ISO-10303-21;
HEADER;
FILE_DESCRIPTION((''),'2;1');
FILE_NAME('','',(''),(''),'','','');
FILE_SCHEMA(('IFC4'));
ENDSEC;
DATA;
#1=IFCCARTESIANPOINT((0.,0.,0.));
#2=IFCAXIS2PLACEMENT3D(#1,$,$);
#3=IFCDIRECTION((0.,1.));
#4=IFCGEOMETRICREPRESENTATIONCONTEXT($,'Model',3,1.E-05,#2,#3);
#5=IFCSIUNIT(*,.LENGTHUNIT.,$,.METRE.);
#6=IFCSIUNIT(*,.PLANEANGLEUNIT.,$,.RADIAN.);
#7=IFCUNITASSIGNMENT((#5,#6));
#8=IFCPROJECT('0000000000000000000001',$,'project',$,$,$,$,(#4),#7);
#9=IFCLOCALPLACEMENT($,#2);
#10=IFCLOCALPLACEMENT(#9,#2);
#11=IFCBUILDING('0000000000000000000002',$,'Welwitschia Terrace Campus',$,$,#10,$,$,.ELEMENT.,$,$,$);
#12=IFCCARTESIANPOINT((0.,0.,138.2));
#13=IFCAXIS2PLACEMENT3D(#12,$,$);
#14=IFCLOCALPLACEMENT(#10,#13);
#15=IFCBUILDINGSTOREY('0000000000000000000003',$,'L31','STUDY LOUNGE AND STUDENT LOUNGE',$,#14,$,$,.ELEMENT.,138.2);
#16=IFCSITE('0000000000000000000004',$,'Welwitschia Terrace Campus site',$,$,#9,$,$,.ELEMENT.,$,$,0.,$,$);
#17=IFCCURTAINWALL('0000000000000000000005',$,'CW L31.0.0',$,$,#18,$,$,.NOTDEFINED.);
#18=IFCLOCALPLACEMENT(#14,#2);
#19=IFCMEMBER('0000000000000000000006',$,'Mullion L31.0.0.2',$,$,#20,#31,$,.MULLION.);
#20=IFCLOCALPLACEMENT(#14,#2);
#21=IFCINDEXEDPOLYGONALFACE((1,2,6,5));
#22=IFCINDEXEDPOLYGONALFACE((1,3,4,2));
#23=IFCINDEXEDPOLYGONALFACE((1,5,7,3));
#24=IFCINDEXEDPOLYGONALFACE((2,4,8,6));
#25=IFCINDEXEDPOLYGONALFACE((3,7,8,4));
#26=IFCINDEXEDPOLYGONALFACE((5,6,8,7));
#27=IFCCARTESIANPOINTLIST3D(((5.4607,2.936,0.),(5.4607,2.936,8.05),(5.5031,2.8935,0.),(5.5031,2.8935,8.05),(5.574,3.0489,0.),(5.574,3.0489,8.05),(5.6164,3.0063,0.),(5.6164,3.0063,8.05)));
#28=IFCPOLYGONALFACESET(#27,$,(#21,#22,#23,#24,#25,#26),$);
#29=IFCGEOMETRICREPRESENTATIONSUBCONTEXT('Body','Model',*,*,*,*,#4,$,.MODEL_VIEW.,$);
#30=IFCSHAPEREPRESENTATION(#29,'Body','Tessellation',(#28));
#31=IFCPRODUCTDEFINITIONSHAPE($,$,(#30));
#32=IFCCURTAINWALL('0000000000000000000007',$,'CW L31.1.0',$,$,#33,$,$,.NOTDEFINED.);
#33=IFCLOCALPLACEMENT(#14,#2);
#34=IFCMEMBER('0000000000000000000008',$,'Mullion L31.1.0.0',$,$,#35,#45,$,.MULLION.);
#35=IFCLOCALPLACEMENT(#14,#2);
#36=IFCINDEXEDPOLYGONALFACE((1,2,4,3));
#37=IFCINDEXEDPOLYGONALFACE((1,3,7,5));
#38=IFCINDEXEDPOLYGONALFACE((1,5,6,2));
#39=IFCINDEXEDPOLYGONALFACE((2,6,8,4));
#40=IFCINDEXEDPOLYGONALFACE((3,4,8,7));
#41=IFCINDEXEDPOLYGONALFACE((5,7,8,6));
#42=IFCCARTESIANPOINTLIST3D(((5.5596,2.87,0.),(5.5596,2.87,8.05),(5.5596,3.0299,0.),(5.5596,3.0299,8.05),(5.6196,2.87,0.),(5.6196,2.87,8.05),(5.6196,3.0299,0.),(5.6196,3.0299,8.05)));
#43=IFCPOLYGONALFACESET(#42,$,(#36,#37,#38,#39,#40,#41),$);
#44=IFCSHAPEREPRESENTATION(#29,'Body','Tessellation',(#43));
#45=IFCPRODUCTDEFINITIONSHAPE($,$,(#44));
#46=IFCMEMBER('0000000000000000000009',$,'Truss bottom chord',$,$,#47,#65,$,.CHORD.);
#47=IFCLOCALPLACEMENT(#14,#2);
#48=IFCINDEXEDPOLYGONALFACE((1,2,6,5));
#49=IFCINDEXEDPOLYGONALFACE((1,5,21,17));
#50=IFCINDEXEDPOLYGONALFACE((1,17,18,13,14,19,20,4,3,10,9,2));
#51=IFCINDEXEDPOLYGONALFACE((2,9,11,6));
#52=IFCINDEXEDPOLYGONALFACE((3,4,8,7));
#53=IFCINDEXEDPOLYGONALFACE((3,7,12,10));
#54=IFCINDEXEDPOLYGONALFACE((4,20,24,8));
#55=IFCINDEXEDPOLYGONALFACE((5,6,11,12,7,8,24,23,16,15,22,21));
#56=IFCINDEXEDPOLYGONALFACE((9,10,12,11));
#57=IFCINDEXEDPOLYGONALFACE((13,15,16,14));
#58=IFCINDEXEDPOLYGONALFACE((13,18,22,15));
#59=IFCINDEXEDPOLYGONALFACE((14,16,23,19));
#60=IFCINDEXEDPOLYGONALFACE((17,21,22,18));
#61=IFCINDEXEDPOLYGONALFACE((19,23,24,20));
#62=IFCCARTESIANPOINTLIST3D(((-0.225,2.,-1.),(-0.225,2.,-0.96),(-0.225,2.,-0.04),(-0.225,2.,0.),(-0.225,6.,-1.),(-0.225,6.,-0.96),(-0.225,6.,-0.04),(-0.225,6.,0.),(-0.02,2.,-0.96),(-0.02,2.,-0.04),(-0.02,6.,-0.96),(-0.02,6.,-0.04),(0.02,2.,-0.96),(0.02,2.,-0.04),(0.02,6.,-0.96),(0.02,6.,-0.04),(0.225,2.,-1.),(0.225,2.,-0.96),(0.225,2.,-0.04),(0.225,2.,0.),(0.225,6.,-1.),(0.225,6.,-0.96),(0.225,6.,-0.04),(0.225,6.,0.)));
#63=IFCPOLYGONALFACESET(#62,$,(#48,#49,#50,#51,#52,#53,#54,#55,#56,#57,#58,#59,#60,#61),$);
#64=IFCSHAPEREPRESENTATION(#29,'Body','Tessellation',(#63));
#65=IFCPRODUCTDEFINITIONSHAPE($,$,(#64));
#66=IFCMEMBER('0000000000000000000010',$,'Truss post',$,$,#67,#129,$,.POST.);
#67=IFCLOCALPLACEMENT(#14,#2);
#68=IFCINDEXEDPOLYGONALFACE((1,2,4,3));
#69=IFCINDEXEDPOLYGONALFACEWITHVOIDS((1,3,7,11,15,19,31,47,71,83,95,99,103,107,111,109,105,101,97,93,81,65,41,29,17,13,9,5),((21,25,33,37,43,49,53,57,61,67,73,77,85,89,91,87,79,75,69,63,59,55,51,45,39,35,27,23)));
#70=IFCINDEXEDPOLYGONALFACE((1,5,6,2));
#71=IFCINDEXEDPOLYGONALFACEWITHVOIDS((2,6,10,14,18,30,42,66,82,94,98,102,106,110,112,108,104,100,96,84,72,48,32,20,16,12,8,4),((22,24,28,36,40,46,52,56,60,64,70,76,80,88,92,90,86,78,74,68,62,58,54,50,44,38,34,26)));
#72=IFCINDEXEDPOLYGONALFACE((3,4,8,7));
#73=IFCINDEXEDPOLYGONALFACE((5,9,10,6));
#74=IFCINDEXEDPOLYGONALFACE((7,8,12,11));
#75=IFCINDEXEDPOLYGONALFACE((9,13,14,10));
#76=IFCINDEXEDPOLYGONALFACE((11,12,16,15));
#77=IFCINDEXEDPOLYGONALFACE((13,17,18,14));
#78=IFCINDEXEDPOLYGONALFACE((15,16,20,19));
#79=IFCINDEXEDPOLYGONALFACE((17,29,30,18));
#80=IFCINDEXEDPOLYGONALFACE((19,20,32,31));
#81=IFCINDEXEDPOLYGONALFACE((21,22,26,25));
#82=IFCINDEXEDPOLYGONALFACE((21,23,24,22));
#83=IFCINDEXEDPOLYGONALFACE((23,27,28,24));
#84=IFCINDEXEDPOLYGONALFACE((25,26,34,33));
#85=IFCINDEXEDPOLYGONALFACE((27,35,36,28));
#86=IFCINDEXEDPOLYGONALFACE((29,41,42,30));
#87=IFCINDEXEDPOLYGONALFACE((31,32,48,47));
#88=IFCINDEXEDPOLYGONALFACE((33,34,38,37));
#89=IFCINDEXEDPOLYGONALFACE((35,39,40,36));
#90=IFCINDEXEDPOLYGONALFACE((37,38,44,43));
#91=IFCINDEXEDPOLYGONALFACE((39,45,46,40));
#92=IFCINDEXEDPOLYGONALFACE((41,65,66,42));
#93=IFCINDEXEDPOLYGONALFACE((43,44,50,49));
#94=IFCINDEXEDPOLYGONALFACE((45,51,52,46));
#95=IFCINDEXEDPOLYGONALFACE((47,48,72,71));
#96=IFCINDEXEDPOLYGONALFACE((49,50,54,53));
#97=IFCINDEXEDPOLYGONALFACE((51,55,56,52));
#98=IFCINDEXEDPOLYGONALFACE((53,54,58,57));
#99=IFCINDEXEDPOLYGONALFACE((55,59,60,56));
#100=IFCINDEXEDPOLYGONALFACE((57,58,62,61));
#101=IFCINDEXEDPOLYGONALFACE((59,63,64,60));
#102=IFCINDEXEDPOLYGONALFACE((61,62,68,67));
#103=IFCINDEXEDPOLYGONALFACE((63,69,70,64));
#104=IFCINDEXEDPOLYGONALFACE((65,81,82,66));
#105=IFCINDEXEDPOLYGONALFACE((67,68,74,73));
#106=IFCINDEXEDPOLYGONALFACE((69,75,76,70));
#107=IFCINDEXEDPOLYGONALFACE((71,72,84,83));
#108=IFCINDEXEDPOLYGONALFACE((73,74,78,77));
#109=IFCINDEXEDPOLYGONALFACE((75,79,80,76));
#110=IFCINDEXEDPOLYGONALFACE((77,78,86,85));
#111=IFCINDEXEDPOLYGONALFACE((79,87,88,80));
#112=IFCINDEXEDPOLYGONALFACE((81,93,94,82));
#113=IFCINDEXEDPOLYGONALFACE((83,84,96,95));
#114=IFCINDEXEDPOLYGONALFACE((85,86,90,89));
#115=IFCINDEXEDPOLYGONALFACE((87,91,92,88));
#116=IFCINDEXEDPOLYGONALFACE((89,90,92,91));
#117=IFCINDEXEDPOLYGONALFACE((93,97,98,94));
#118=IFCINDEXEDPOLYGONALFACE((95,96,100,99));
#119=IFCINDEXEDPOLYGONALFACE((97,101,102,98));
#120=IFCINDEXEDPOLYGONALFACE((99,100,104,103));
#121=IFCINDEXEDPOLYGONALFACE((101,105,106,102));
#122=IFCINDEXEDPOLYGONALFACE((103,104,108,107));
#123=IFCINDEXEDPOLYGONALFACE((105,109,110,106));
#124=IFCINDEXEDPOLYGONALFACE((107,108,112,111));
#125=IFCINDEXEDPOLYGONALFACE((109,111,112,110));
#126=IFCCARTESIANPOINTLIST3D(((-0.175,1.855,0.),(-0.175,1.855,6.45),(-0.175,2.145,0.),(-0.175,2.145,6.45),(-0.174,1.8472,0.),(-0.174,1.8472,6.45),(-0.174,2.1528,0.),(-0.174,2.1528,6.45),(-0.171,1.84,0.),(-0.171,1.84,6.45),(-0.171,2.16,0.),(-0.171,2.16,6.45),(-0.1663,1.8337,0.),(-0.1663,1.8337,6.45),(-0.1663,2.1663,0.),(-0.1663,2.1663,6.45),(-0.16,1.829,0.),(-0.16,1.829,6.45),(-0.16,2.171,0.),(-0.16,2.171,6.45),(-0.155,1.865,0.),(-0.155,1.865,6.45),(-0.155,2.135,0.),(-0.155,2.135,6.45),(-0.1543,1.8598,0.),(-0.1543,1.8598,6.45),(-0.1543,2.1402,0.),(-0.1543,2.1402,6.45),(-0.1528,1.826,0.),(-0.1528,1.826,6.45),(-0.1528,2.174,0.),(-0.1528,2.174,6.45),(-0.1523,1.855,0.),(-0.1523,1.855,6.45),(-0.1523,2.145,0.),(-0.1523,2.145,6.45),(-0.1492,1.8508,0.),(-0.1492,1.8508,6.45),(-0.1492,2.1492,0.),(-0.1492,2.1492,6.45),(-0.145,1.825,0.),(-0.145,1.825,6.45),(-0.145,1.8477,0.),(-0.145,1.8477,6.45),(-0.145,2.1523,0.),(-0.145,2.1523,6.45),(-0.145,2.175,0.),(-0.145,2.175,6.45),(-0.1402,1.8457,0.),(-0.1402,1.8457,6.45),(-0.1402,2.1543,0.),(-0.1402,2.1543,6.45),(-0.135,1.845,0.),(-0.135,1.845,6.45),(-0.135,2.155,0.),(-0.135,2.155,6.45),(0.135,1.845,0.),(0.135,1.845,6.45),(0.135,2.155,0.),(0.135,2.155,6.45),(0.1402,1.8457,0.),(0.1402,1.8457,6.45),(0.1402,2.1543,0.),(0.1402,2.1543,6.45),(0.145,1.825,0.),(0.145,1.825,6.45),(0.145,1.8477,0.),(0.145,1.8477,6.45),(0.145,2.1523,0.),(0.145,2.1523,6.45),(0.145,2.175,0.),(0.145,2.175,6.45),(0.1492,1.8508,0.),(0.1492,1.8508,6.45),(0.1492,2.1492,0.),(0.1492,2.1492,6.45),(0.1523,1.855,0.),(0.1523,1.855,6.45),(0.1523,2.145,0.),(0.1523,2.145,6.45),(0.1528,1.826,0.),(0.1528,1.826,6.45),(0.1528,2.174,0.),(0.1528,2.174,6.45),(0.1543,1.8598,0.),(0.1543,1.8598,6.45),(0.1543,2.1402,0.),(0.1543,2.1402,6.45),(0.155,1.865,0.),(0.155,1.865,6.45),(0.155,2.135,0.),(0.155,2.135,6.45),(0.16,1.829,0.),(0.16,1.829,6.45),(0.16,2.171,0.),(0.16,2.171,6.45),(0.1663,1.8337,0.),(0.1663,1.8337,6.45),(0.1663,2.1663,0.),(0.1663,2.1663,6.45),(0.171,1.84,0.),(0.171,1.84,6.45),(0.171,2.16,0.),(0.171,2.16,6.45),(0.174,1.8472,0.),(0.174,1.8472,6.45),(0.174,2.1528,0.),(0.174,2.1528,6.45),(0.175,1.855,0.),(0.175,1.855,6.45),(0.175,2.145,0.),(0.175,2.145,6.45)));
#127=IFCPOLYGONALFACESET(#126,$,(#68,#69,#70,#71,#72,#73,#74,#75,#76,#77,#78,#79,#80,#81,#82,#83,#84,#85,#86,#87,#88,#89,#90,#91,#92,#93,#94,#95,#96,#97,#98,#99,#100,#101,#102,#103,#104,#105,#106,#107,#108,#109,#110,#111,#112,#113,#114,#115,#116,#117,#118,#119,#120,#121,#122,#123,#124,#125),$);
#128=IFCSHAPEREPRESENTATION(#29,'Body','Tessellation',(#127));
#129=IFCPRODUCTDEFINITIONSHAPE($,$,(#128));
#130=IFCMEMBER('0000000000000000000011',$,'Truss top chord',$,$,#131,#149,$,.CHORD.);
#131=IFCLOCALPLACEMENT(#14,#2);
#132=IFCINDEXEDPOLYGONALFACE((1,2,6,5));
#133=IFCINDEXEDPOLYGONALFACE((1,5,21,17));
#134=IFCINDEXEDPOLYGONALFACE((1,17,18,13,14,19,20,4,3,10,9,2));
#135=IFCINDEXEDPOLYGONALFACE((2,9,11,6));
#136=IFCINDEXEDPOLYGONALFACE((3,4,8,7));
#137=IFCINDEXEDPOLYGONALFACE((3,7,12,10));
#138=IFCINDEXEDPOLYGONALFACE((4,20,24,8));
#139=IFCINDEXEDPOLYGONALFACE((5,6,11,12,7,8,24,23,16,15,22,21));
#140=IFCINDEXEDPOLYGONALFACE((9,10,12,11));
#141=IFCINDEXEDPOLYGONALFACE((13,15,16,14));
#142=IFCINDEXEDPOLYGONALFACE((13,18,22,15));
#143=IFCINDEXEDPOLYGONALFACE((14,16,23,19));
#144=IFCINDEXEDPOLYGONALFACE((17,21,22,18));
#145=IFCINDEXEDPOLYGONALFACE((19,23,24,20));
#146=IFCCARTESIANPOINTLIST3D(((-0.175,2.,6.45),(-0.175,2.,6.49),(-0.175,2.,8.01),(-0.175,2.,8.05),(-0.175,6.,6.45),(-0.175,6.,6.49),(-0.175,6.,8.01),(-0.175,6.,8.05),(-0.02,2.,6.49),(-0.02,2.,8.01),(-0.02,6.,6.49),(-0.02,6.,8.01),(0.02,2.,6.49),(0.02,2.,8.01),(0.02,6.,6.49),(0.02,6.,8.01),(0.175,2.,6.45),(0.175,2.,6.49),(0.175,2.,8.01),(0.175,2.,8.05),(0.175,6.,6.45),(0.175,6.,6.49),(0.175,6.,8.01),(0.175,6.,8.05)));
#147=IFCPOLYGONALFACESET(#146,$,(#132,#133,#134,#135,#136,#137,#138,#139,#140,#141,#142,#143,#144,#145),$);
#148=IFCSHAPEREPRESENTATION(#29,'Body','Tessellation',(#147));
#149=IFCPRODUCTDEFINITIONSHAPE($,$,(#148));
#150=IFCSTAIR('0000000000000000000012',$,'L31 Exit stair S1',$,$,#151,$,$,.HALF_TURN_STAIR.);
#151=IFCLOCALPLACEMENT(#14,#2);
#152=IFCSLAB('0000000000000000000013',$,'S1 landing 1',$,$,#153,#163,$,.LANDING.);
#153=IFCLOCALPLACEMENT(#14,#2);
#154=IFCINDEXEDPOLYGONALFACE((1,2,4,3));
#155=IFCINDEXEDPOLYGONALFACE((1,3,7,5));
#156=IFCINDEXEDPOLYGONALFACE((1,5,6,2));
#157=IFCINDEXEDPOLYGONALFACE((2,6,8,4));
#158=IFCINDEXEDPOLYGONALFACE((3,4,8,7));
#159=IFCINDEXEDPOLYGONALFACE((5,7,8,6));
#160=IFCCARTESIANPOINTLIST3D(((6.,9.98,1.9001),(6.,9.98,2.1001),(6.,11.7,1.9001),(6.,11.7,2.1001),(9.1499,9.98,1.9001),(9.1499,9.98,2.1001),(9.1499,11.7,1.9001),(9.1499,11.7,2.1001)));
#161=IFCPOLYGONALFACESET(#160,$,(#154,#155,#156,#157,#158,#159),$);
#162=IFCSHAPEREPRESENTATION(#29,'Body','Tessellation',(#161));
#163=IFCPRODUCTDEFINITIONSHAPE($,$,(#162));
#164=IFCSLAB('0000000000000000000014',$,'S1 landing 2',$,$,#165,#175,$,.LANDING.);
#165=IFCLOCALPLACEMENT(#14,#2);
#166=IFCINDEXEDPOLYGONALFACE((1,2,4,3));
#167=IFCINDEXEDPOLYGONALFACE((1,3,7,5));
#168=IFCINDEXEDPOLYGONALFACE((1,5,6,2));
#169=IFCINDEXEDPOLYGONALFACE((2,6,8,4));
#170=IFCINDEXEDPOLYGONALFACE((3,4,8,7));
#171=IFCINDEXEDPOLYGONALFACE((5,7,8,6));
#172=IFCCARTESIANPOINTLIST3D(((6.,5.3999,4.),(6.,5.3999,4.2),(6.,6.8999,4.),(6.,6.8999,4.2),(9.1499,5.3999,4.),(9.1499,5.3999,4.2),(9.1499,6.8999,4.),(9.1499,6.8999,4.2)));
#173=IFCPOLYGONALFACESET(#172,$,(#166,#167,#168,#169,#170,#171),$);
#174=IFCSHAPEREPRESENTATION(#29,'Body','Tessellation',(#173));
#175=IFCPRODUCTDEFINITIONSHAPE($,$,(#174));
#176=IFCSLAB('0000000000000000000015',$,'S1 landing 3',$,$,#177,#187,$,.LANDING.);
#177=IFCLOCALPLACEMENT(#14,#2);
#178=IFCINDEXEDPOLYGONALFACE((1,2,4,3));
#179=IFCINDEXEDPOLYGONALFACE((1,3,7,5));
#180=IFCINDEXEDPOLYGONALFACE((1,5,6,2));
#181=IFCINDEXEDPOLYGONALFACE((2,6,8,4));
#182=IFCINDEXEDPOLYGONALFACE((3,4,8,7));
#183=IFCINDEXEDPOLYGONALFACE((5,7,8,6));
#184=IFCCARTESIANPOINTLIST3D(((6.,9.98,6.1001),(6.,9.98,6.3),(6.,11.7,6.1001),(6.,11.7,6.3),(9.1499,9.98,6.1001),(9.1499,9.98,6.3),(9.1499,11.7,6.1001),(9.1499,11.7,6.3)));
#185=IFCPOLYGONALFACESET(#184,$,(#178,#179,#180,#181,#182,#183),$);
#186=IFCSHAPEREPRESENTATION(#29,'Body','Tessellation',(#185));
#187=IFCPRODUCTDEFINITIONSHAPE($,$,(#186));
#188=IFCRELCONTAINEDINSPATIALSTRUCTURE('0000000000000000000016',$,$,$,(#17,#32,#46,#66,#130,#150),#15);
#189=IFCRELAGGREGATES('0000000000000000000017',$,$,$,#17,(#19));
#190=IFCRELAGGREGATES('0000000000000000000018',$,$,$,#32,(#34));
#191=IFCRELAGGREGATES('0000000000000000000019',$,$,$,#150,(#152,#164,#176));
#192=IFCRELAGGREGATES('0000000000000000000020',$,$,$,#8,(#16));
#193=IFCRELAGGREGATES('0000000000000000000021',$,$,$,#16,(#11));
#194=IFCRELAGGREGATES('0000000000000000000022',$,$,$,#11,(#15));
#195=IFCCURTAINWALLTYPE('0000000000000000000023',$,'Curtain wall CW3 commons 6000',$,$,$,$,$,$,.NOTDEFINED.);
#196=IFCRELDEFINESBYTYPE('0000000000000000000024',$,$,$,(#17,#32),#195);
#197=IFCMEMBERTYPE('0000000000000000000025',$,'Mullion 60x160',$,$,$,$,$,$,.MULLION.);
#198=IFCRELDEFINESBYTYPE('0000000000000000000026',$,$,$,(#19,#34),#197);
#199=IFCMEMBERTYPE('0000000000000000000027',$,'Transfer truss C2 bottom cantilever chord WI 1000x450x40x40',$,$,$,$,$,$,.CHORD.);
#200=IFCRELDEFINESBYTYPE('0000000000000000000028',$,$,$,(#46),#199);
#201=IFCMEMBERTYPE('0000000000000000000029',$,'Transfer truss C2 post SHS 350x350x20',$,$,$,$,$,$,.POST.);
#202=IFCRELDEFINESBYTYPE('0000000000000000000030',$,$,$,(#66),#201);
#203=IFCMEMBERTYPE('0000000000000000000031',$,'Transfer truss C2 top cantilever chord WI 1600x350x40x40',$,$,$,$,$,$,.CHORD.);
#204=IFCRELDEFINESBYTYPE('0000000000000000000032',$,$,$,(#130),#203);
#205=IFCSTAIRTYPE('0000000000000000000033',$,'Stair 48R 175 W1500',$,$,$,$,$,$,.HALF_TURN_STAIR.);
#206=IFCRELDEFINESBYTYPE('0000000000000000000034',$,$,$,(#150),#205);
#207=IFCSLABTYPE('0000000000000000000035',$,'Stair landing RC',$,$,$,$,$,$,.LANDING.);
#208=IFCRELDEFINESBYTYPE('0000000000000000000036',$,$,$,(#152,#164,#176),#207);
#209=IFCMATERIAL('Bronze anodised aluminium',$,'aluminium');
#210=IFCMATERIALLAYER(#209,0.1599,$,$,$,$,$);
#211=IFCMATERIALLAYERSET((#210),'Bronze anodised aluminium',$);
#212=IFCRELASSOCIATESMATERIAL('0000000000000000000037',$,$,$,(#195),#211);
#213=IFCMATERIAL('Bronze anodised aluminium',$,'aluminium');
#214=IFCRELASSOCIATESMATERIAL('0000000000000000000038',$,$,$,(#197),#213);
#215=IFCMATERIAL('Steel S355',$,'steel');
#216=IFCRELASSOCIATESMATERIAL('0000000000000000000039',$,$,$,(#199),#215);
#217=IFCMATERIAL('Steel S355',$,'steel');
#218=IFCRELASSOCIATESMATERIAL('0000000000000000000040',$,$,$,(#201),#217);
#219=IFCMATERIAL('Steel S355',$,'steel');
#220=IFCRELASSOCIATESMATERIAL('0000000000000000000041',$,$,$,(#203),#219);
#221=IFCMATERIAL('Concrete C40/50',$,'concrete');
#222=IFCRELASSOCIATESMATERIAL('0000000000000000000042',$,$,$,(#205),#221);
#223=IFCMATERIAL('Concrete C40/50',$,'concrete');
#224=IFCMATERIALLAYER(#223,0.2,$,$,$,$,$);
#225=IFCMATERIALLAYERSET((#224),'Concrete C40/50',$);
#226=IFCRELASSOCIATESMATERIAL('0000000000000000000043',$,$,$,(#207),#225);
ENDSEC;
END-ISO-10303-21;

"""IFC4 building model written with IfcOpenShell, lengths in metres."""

from ifc_helpers import new_model, si_unit, direction, frame, origin, origin_2d, place, context, subcontext, project, spatial, polyline, rectangle, hollow_rectangle, i_section, outline, extrude, material, layer, layer_set, material_profile, profile_set, type_object, element, aggregate, save


model = new_model("IFC4")

# Units and contexts
model_context = context("Model", 3, precision=1e-05, world=origin(), true_north=direction((0.0, 1.0)))
body_context = subcontext(model_context, "Body", "Model", "MODEL_VIEW")
ifc_project = project(units=[si_unit("LENGTHUNIT", "METRE"), si_unit("PLANEANGLEUNIT", "RADIAN")], contexts=[model_context])

# Site, building, storey
site_placement = place(None, origin())
site = spatial("IfcSite", under=ifc_project, at=site_placement, Name="Welwitschia Terrace Campus site", CompositionType="ELEMENT", RefElevation=0.0)
building_placement = place(site_placement, origin())
building = spatial("IfcBuilding", under=site, at=building_placement, Name="Welwitschia Terrace Campus", CompositionType="ELEMENT")
storey_placement = place(building_placement, frame((0.0, 0.0, 138.2)))
storey = spatial("IfcBuildingStorey", under=building, at=storey_placement, Name="L31", Description="STUDY LOUNGE AND STUDENT LOUNGE", CompositionType="ELEMENT", Elevation=138.2)

# Curtain walls, members
ifc_material_1 = material(Name="Bronze anodised aluminium", Category="aluminium")
ifc_layer_1 = layer(ifc_material_1, 0.1599)
ifc_layer_set_1 = layer_set([ifc_layer_1], Name="Bronze anodised aluminium")
curtain_wall_type = type_object("IfcCurtainWallType", Name="Curtain wall CW3 commons 6000", PredefinedType="NOTDEFINED", material=ifc_layer_set_1)
curtain_wall_1_placement = place(storey_placement, origin())
curtain_wall_1 = element("IfcCurtainWall", 1, at=curtain_wall_1_placement, inside=storey, type_object=curtain_wall_type, Name="CW L31.0.0", PredefinedType="NOTDEFINED")
ifc_material_2 = material(Name="Bronze anodised aluminium", Category="aluminium")
ifc_material_profile_1 = material_profile(ifc_material_2, rectangle(XDim=0.1599, YDim=0.0601, at=origin_2d()))
ifc_profile_set_1 = profile_set([ifc_material_profile_1], Name="Bronze anodised aluminium")
member_type_1 = type_object("IfcMemberType", Name="Mullion 60x160", PredefinedType="MULLION", material=ifc_profile_set_1)
member_1_placement = place(storey_placement, frame((5.5386, 2.9712, 0.0), z_axis=(0.0, 0.0, 1.0), x_axis=(0.708542, 0.705668, 0.0)))
member_1 = element("IfcMember", 2, at=member_1_placement, type_object=member_type_1, Name="Mullion L31.0.0.2", PredefinedType="MULLION", context=body_context, shape_type="SweptSolid", body=[
    extrude(rectangle(XDim=0.1599, YDim=0.0601, at=origin_2d()), origin(), (0.0, 0.0, 1.0), 8.05),
])
aggregate(curtain_wall_1, [member_1])
curtain_wall_2_placement = place(storey_placement, origin())
curtain_wall_2 = element("IfcCurtainWall", 3, at=curtain_wall_2_placement, inside=storey, type_object=curtain_wall_type, Name="CW L31.1.0", PredefinedType="NOTDEFINED")
member_2_placement = place(storey_placement, frame((5.5896, 2.95, 0.0), z_axis=(0.0, 0.0, 1.0), x_axis=(0.0, 1.0, 0.0)))
member_2 = element("IfcMember", 4, at=member_2_placement, type_object=member_type_1, Name="Mullion L31.1.0.0", PredefinedType="MULLION", context=body_context, shape_type="SweptSolid", body=[
    extrude(rectangle(XDim=0.1599, YDim=0.0601, at=origin_2d()), origin(), (0.0, 0.0, 1.0), 8.05),
])
aggregate(curtain_wall_2, [member_2])

# Members
ifc_material_3 = material(Name="Steel S355", Category="steel")
ifc_material_profile_2 = material_profile(ifc_material_3, i_section(OverallWidth=0.45, OverallDepth=1.0, WebThickness=0.04, FlangeThickness=0.04, at=origin_2d()))
ifc_profile_set_2 = profile_set([ifc_material_profile_2], Name="Steel S355")
member_type_2 = type_object("IfcMemberType", Name="Transfer truss C2 bottom cantilever chord WI 1000x450x40x40", PredefinedType="CHORD", material=ifc_profile_set_2)
member_3_placement = place(storey_placement, frame((0.0, 2.0, -0.5), z_axis=(0.0, 1.0, 0.0), x_axis=(-1.0, 0.0, 0.0)))
element("IfcMember", 5, at=member_3_placement, inside=storey, type_object=member_type_2, Name="Truss bottom chord", PredefinedType="CHORD", context=body_context, shape_type="SweptSolid", body=[
    extrude(i_section(OverallWidth=0.45, OverallDepth=1.0, WebThickness=0.04, FlangeThickness=0.04, at=origin_2d()), origin(), (0.0, 0.0, 1.0), 4.0),
])
ifc_material_4 = material(Name="Steel S355", Category="steel")
ifc_material_profile_3 = material_profile(ifc_material_4, hollow_rectangle(XDim=0.3501, YDim=0.3501, WallThickness=0.02, InnerFilletRadius=0.02, OuterFilletRadius=0.03, at=origin_2d()))
ifc_profile_set_3 = profile_set([ifc_material_profile_3], Name="Steel S355")
member_type_3 = type_object("IfcMemberType", Name="Transfer truss C2 post SHS 350x350x20", PredefinedType="POST", material=ifc_profile_set_3)
member_4_placement = place(storey_placement, frame((0.0, 2.0, 0.0), z_axis=(0.0, 0.0, 1.0), x_axis=(1.0, 0.0, 0.0)))
element("IfcMember", 6, at=member_4_placement, inside=storey, type_object=member_type_3, Name="Truss post", PredefinedType="POST", context=body_context, shape_type="SweptSolid", body=[
    extrude(hollow_rectangle(XDim=0.3501, YDim=0.3501, WallThickness=0.02, InnerFilletRadius=0.02, OuterFilletRadius=0.03, at=origin_2d()), origin(), (0.0, 0.0, 1.0), 6.45),
])
ifc_material_5 = material(Name="Steel S355", Category="steel")
ifc_material_profile_4 = material_profile(ifc_material_5, i_section(OverallWidth=0.3501, OverallDepth=1.6001, WebThickness=0.04, FlangeThickness=0.04, at=origin_2d()))
ifc_profile_set_4 = profile_set([ifc_material_profile_4], Name="Steel S355")
member_type_4 = type_object("IfcMemberType", Name="Transfer truss C2 top cantilever chord WI 1600x350x40x40", PredefinedType="CHORD", material=ifc_profile_set_4)
member_5_placement = place(storey_placement, frame((0.0, 2.0, 7.25), z_axis=(0.0, 1.0, 0.0), x_axis=(-1.0, 0.0, 0.0)))
element("IfcMember", 7, at=member_5_placement, inside=storey, type_object=member_type_4, Name="Truss top chord", PredefinedType="CHORD", context=body_context, shape_type="SweptSolid", body=[
    extrude(i_section(OverallWidth=0.3501, OverallDepth=1.6001, WebThickness=0.04, FlangeThickness=0.04, at=origin_2d()), origin(), (0.0, 0.0, 1.0), 4.0),
])

# Stair, slabs
ifc_material_6 = material(Name="Concrete C40/50", Category="concrete")
stair_type = type_object("IfcStairType", Name="Stair 48R 175 W1500", PredefinedType="HALF_TURN_STAIR", material=ifc_material_6)
stair_1_placement = place(storey_placement, origin())
stair_1 = element("IfcStair", 8, at=stair_1_placement, inside=storey, type_object=stair_type, Name="L31 Exit stair S1", PredefinedType="HALF_TURN_STAIR")
ifc_material_7 = material(Name="Concrete C40/50", Category="concrete")
ifc_layer_2 = layer(ifc_material_7, 0.2)
ifc_layer_set_2 = layer_set([ifc_layer_2], Name="Concrete C40/50")
slab_type_1 = type_object("IfcSlabType", Name="Stair landing RC", PredefinedType="LANDING", material=ifc_layer_set_2)
slab_1_placement = place(storey_placement, frame((0.0, 0.0, 1.9001)))
slab_1 = element("IfcSlab", 9, at=slab_1_placement, type_object=slab_type_1, Name="S1 landing 1", PredefinedType="LANDING", context=body_context, shape_type="SweptSolid", body=[
    extrude(outline(polyline([(9.1499, 9.98), (9.1499, 11.7), (6.0, 11.7), (6.0, 9.98), (9.1499, 9.98)])), origin(), (0.0, 0.0, 1.0), 0.2),
])
slab_2_placement = place(storey_placement, frame((0.0, 0.0, 4.0)))
slab_2 = element("IfcSlab", 10, at=slab_2_placement, type_object=slab_type_1, Name="S1 landing 2", PredefinedType="LANDING", context=body_context, shape_type="SweptSolid", body=[
    extrude(outline(polyline([(9.1499, 5.3999), (9.1499, 6.8999), (6.0, 6.8999), (6.0, 5.3999), (9.1499, 5.3999)])), origin(), (0.0, 0.0, 1.0), 0.2),
])
slab_3_placement = place(storey_placement, frame((0.0, 0.0, 6.1001)))
slab_3 = element("IfcSlab", 11, at=slab_3_placement, type_object=slab_type_1, Name="S1 landing 3", PredefinedType="LANDING", context=body_context, shape_type="SweptSolid", body=[
    extrude(outline(polyline([(9.1499, 9.98), (9.1499, 11.7), (6.0, 11.7), (6.0, 9.98), (9.1499, 9.98)])), origin(), (0.0, 0.0, 1.0), 0.2),
])
aggregate(stair_1, [slab_1, slab_2, slab_3])

save(model, "model.ifc")
